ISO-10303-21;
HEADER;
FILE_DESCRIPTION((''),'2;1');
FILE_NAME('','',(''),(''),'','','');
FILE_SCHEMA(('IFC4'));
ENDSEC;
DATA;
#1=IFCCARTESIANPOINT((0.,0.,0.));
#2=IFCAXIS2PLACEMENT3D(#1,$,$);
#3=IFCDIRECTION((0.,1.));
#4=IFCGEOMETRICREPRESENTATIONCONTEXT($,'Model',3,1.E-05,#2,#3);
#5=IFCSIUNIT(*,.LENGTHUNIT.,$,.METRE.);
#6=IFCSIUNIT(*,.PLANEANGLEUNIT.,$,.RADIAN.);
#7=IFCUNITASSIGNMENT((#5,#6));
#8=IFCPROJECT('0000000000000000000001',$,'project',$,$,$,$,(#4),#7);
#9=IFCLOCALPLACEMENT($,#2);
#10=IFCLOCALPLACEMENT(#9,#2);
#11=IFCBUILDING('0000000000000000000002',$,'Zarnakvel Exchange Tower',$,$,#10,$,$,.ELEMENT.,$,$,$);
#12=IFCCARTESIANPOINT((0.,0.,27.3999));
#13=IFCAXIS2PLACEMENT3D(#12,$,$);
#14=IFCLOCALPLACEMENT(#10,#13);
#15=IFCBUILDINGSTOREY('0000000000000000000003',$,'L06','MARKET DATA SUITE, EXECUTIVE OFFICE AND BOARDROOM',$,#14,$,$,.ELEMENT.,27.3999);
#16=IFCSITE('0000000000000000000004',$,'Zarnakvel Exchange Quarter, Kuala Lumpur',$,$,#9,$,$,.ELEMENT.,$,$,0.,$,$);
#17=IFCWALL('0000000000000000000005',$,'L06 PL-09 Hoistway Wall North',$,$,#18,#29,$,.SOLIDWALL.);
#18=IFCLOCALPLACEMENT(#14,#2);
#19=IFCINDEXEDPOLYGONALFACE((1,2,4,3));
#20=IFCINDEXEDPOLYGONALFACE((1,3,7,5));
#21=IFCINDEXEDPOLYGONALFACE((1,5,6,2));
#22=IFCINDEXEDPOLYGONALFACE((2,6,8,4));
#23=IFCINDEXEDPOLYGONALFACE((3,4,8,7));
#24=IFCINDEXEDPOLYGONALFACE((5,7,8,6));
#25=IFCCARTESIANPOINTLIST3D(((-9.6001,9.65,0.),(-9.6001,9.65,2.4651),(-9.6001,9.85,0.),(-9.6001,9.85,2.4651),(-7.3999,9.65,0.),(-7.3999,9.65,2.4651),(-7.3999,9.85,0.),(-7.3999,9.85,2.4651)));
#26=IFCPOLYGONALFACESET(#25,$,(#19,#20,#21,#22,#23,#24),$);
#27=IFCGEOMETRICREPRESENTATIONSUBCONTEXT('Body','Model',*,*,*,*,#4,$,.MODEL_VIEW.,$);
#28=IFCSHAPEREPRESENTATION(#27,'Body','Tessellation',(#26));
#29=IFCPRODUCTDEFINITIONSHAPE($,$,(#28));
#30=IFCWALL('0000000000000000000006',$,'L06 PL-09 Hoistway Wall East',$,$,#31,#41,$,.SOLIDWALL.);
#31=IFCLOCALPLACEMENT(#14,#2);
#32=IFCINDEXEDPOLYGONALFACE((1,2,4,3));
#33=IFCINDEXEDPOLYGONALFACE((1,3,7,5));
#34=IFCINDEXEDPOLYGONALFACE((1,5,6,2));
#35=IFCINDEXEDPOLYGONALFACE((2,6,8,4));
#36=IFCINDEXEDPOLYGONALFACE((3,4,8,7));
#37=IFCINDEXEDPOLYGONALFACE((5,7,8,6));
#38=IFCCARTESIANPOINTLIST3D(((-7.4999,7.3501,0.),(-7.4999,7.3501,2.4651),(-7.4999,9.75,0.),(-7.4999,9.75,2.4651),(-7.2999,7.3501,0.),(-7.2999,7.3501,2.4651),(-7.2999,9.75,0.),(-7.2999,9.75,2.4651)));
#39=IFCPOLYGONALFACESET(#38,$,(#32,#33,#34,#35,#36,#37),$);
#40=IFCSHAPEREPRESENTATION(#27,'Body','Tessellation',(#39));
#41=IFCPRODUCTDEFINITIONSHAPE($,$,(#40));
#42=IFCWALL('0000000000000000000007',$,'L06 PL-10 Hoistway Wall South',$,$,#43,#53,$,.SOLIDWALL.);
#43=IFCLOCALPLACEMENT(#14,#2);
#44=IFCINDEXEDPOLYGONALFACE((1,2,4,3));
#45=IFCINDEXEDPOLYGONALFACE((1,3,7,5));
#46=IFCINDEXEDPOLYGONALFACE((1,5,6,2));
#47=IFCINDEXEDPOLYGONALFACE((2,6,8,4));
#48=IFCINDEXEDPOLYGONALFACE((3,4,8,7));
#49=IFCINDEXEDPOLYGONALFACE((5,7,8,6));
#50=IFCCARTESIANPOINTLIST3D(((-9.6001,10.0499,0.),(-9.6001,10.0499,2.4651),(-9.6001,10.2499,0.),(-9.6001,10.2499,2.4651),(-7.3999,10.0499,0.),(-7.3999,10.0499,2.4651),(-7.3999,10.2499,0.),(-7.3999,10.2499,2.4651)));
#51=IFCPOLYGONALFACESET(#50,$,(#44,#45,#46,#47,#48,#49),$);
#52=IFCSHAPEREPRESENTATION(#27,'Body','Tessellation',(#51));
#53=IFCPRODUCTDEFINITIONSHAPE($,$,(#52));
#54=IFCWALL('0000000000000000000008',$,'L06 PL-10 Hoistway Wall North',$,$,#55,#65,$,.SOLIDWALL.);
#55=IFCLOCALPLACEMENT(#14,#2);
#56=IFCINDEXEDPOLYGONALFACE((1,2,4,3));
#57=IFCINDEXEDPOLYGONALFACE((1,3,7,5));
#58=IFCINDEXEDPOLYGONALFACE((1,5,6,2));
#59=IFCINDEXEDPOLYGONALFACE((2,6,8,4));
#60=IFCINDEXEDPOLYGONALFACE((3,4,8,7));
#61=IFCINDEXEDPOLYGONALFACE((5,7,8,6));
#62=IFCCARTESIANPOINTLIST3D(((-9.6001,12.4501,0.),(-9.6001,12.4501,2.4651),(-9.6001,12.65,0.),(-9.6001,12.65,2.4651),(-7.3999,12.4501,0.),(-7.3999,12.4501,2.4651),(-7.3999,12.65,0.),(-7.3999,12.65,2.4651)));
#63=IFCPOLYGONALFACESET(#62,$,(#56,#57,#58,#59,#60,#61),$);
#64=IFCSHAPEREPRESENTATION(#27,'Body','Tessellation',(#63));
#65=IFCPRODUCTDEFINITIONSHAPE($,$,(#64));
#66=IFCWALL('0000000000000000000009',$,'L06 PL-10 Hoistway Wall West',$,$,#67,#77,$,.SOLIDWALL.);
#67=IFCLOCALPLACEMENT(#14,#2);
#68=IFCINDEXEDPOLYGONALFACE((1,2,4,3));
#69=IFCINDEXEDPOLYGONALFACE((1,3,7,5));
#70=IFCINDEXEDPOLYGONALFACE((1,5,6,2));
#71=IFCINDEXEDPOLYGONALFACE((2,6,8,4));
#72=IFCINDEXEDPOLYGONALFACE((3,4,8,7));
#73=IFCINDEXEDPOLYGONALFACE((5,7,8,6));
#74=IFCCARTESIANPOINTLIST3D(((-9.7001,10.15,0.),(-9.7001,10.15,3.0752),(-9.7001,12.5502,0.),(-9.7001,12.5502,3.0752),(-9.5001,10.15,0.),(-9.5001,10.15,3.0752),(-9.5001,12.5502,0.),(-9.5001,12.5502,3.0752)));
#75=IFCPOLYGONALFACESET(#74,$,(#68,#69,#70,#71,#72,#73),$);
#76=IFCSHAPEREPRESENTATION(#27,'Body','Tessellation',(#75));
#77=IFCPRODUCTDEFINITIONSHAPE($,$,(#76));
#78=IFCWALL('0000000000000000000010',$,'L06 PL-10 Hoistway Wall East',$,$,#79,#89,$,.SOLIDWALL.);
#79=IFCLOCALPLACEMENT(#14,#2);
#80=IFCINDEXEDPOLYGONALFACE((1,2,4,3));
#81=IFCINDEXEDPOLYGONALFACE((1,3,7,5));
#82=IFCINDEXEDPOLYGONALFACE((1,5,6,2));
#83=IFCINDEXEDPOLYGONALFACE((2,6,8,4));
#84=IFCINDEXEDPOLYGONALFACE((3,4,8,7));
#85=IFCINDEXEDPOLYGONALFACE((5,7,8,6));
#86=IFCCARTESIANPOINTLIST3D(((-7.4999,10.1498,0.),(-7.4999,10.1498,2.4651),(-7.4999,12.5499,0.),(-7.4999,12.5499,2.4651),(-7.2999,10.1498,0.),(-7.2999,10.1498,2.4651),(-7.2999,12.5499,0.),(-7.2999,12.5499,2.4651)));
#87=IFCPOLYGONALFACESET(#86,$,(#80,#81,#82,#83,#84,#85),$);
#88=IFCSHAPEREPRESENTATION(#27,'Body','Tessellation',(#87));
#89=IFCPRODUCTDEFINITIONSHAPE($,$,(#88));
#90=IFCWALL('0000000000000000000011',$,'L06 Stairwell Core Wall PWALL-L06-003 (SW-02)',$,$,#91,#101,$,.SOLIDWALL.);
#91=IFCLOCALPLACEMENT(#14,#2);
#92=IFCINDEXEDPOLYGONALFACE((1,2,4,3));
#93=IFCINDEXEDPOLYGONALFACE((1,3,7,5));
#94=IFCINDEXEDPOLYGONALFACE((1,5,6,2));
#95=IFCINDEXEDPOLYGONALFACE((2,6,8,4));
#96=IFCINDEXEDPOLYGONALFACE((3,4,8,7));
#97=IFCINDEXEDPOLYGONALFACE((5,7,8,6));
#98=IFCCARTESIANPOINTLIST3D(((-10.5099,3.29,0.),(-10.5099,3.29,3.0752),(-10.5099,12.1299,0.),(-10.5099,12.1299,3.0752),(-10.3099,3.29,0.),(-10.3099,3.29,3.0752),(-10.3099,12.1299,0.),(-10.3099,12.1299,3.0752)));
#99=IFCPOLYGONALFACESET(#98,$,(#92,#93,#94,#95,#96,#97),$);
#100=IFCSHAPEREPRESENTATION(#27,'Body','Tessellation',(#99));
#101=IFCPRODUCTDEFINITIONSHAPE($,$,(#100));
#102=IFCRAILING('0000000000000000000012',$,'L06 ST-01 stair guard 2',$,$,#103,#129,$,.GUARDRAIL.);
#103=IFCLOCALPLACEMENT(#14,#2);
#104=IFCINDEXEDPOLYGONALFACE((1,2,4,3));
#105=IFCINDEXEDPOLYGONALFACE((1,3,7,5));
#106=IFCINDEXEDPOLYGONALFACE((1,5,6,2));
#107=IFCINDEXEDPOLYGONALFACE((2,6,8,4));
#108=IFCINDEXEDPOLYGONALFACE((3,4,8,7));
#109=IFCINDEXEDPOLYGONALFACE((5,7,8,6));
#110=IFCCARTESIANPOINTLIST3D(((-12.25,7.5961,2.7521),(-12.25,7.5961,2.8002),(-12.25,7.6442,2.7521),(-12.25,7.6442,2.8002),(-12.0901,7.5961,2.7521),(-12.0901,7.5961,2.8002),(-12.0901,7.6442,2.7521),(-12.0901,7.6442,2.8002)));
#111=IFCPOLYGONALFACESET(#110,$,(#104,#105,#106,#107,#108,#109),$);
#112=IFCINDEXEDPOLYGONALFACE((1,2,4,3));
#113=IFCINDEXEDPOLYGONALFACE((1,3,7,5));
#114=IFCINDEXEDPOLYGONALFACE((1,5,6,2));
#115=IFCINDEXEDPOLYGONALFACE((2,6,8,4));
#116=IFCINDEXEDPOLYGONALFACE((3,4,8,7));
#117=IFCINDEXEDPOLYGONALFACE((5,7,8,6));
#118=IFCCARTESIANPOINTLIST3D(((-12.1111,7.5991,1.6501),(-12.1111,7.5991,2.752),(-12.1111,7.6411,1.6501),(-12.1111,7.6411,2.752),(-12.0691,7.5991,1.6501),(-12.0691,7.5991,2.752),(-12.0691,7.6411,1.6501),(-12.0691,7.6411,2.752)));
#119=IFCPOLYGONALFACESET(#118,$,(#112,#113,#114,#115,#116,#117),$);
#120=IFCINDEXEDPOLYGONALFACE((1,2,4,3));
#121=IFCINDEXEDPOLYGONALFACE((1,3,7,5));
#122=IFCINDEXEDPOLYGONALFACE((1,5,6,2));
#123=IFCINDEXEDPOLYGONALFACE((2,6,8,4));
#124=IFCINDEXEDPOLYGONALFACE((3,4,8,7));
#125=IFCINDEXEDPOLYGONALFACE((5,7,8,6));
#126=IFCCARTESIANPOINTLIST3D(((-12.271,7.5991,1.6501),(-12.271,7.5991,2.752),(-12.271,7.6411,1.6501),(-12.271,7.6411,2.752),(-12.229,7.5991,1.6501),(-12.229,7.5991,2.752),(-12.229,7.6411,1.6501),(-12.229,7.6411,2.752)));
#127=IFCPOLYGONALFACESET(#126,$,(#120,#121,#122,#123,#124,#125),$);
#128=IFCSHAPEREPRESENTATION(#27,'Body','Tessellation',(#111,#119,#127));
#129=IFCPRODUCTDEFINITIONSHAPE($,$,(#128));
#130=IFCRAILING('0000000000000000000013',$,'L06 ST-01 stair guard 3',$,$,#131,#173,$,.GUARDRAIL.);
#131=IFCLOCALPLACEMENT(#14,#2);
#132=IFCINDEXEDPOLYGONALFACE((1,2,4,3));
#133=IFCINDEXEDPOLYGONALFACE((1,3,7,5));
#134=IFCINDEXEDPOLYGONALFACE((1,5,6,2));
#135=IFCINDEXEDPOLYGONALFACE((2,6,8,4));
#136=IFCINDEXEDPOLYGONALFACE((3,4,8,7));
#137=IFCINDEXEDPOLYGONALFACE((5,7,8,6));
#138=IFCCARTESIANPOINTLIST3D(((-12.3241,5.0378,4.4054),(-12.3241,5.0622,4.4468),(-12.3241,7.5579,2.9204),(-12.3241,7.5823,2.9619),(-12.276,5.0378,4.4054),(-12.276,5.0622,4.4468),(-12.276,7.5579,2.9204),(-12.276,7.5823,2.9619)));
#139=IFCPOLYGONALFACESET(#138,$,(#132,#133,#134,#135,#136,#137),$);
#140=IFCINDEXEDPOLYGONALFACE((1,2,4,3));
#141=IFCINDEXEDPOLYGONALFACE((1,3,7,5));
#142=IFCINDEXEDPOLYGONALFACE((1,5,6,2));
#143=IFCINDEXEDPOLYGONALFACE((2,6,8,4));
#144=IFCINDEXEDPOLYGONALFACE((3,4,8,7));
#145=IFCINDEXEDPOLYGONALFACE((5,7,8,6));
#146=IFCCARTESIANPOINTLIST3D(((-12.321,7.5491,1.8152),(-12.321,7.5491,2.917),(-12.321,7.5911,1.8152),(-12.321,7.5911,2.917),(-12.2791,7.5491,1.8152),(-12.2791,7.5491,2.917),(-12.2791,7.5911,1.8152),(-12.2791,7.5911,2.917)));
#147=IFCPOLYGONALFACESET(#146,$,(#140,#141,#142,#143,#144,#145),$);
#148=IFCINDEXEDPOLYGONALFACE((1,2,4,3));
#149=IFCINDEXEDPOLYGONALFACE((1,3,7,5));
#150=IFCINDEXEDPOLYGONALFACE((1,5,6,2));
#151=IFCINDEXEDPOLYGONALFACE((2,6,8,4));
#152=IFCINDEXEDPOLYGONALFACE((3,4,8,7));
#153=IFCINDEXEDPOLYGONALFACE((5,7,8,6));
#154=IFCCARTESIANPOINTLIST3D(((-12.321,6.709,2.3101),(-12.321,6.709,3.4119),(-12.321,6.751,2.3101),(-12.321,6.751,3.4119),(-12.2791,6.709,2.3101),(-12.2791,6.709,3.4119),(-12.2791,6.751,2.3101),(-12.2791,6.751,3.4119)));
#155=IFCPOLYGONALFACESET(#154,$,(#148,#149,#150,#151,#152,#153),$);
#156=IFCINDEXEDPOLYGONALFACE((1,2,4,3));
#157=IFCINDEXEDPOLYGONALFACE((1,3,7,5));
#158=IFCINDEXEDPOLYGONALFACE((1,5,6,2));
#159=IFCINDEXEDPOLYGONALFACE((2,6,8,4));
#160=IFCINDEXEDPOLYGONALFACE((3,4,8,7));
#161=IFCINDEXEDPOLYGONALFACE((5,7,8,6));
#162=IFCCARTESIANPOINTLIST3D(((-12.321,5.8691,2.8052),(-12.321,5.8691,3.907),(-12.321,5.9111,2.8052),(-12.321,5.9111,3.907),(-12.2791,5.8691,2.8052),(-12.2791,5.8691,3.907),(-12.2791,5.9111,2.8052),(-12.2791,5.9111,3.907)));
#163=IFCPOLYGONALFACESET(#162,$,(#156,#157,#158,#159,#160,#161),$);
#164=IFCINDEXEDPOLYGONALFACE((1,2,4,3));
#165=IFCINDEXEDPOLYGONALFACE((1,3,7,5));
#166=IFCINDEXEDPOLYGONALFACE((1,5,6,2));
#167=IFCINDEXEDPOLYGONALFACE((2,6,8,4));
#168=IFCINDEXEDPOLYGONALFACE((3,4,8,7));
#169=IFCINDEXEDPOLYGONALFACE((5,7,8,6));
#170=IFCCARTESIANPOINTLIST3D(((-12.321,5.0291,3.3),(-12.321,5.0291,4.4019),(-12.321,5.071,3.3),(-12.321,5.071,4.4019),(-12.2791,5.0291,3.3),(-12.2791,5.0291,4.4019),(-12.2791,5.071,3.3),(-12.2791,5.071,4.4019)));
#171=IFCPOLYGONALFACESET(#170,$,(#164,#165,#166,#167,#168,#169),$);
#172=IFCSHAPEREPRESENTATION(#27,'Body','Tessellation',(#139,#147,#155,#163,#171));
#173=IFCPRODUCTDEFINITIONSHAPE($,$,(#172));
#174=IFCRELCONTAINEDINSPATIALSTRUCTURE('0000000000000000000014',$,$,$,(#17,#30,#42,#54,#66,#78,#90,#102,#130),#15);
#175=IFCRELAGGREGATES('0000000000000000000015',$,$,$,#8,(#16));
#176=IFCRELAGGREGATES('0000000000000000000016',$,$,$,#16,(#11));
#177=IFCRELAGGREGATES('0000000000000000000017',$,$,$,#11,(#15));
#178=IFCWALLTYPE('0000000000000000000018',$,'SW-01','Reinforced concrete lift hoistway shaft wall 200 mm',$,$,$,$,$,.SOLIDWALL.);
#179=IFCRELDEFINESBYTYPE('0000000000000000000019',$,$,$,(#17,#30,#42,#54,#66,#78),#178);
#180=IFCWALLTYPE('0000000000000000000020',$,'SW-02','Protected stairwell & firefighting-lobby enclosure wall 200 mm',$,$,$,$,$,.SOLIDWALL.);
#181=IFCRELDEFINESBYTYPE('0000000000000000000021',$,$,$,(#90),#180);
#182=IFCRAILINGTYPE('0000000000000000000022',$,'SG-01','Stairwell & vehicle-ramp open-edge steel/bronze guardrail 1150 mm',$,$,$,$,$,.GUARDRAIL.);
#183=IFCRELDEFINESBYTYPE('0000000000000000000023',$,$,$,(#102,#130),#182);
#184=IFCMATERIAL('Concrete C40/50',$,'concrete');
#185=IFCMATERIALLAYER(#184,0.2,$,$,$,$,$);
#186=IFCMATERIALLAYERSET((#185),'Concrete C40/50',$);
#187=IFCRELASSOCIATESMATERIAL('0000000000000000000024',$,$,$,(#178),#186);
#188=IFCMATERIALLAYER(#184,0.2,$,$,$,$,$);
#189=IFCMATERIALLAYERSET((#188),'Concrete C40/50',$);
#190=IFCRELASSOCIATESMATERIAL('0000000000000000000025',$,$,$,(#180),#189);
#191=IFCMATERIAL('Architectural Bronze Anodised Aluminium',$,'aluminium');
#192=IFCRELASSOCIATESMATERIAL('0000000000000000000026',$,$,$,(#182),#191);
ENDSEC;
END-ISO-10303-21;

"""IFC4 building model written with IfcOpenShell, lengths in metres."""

from ifc_helpers import new_model, si_unit, direction, frame, frame_2d, origin, origin_2d, place, context, subcontext, project, spatial, rectangle, extrude, material, layer, layer_set, type_object, element, save


model = new_model("IFC4")

# Units and contexts
model_context = context("Model", 3, precision=1e-05, world=origin(), true_north=direction((0.0, 1.0)))
body_context = subcontext(model_context, "Body", "Model", "MODEL_VIEW")
ifc_project = project(units=[si_unit("LENGTHUNIT", "METRE"), si_unit("PLANEANGLEUNIT", "RADIAN")], contexts=[model_context])

# Site, building, storey
site_placement = place(None, origin())
site = spatial("IfcSite", under=ifc_project, at=site_placement, Name="Zarnakvel Exchange Quarter, Kuala Lumpur", CompositionType="ELEMENT", RefElevation=0.0)
building_placement = place(site_placement, origin())
building = spatial("IfcBuilding", under=site, at=building_placement, Name="Zarnakvel Exchange Tower", CompositionType="ELEMENT")
storey_placement = place(building_placement, frame((0.0, 0.0, 27.3999)))
storey = spatial("IfcBuildingStorey", under=building, at=storey_placement, Name="L06", Description="MARKET DATA SUITE, EXECUTIVE OFFICE AND BOARDROOM", CompositionType="ELEMENT", Elevation=27.3999)

# Shared definitions
ifc_material_1 = material(Name="Architectural Bronze Anodised Aluminium", Category="aluminium")

# Shared definitions
ifc_material_2 = material(Name="Concrete C40/50", Category="concrete")
ifc_layer_1 = layer(ifc_material_2, 0.2)
ifc_layer_set_1 = layer_set([ifc_layer_1], Name="Concrete C40/50")
wall_type_1 = type_object("IfcWallType", Name="SW-01", Description="Reinforced concrete lift hoistway shaft wall 200 mm", PredefinedType="SOLIDWALL", material=ifc_layer_set_1)

# Walls
wall_1_placement = place(storey_placement, frame((-9.6001, 9.75, 0.0), z_axis=(0.0, 0.0, 1.0), x_axis=(1.0, 0.0, 0.0)))
element("IfcWall", 1, at=wall_1_placement, inside=storey, type_object=wall_type_1, Name="L06 PL-09 Hoistway Wall North", PredefinedType="SOLIDWALL", context=body_context, shape_type="SweptSolid", body=[
    extrude(rectangle(XDim=2.2002, YDim=0.2, at=frame_2d((1.1001, 0.0))), origin(), (0.0, 0.0, 1.0), 2.4651),
])
wall_2_placement = place(storey_placement, frame((-7.3999, 9.75, 0.0), z_axis=(0.0, 0.0, 1.0), x_axis=(0.0, -1.0, 0.0)))
element("IfcWall", 2, at=wall_2_placement, inside=storey, type_object=wall_type_1, Name="L06 PL-09 Hoistway Wall East", PredefinedType="SOLIDWALL", context=body_context, shape_type="SweptSolid", body=[
    extrude(rectangle(XDim=2.3999, YDim=0.2, at=frame_2d((1.2, 0.0))), origin(), (0.0, 0.0, 1.0), 2.4651),
])
for number, where, z_axis, x_axis, name in (
    (3, (-7.3999, 10.1499, 0.0), (0.0, 0.0, 1.0), (-1.0, 0.0, 0.0), "L06 PL-10 Hoistway Wall South"),
    (4, (-9.6001, 12.55, 0.0), (0.0, 0.0, 1.0), (1.0, 0.0, 0.0), "L06 PL-10 Hoistway Wall North"),
):
    element("IfcWall", number, at=place(storey_placement, frame(where, z_axis=z_axis, x_axis=x_axis)), inside=storey, type_object=wall_type_1, Name=name, PredefinedType="SOLIDWALL", context=body_context, shape_type="SweptSolid", body=[
        extrude(rectangle(XDim=2.2002, YDim=0.2, at=frame_2d((1.1001, 0.0))), origin(), (0.0, 0.0, 1.0), 2.4651),
    ])
wall_3_placement = place(storey_placement, frame((-9.6001, 10.1499, 0.0), z_axis=(0.0, 0.0, 1.0), x_axis=(0.0, 1.0, 0.0)))
element("IfcWall", 5, at=wall_3_placement, inside=storey, type_object=wall_type_1, Name="L06 PL-10 Hoistway Wall West", PredefinedType="SOLIDWALL", context=body_context, shape_type="SweptSolid", body=[
    extrude(rectangle(XDim=2.4001, YDim=0.2, at=frame_2d((1.2002, 0.0))), origin(), (0.0, 0.0, 1.0), 3.0752),
])
wall_4_placement = place(storey_placement, frame((-7.3999, 12.55, 0.0), z_axis=(0.0, 0.0, 1.0), x_axis=(0.0, -1.0, 0.0)))
element("IfcWall", 6, at=wall_4_placement, inside=storey, type_object=wall_type_1, Name="L06 PL-10 Hoistway Wall East", PredefinedType="SOLIDWALL", context=body_context, shape_type="SweptSolid", body=[
    extrude(rectangle(XDim=2.4001, YDim=0.2, at=frame_2d((1.2002, 0.0))), origin(), (0.0, 0.0, 1.0), 2.4651),
])
ifc_layer_2 = layer(ifc_material_2, 0.2)
ifc_layer_set_2 = layer_set([ifc_layer_2], Name="Concrete C40/50")
wall_type_2 = type_object("IfcWallType", Name="SW-02", Description="Protected stairwell & firefighting-lobby enclosure wall 200 mm", PredefinedType="SOLIDWALL", material=ifc_layer_set_2)
wall_5_placement = place(storey_placement, frame((-10.4099, 12.1299, 0.0), z_axis=(0.0, 0.0, 1.0), x_axis=(0.0, -1.0, 0.0)))
element("IfcWall", 7, at=wall_5_placement, inside=storey, type_object=wall_type_2, Name="L06 Stairwell Core Wall PWALL-L06-003 (SW-02)", PredefinedType="SOLIDWALL", context=body_context, shape_type="SweptSolid", body=[
    extrude(rectangle(XDim=8.8398, YDim=0.2, at=frame_2d((4.4199, 0.0))), origin(), (0.0, 0.0, 1.0), 3.0752),
])

# Railings
railing_type = type_object("IfcRailingType", Name="SG-01", Description="Stairwell & vehicle-ramp open-edge steel/bronze guardrail 1150 mm", PredefinedType="GUARDRAIL", material=ifc_material_1)
railing_1_placement = place(storey_placement, frame((-12.0901, 7.6201, 1.6501)))
element("IfcRailing", 8, at=railing_1_placement, inside=storey, type_object=railing_type, Name="L06 ST-01 stair guard 2", PredefinedType="GUARDRAIL", context=body_context, shape_type="SweptSolid", body=[
    extrude(rectangle(XDim=0.0481, YDim=0.0481, at=origin_2d()), frame((0.0, 0.0, 1.126), z_axis=(-1.0, 0.0, 0.0), x_axis=(0.0, -1.0, 0.0)), (0.0, 0.0, 1.0), 0.1599),
    extrude(rectangle(XDim=0.042, YDim=0.042, at=origin_2d()), origin(), (0.0, 0.0, 1.0), 1.1018),
    extrude(rectangle(XDim=0.042, YDim=0.042, at=origin_2d()), frame((-0.1599, 0.0, 0.0)), (0.0, 0.0, 1.0), 1.1018),
])
railing_2_placement = place(storey_placement, frame((-12.3, 7.5701, 1.8152)))
element("IfcRailing", 9, at=railing_2_placement, inside=storey, type_object=railing_type, Name="L06 ST-01 stair guard 3", PredefinedType="GUARDRAIL", context=body_context, shape_type="SweptSolid", body=[
    extrude(rectangle(XDim=0.0481, YDim=0.0481, at=origin_2d()), frame((0.0, 0.0, 1.126), z_axis=(0.0, -0.861561, 0.507655), x_axis=(1.0, 0.0, 0.0)), (0.0, 0.0, 1.0), 2.925),
    extrude(rectangle(XDim=0.042, YDim=0.042, at=origin_2d()), origin(), (0.0, 0.0, 1.0), 1.1018),
    extrude(rectangle(XDim=0.042, YDim=0.042, at=origin_2d()), frame((0.0, -0.8401, 0.4949)), (0.0, 0.0, 1.0), 1.1018),
    extrude(rectangle(XDim=0.042, YDim=0.042, at=origin_2d()), frame((0.0, -1.6799, 0.99)), (0.0, 0.0, 1.0), 1.1018),
    extrude(rectangle(XDim=0.042, YDim=0.042, at=origin_2d()), frame((0.0, -2.52, 1.4849)), (0.0, 0.0, 1.0), 1.1018),
])

save(model, "model.ifc")
